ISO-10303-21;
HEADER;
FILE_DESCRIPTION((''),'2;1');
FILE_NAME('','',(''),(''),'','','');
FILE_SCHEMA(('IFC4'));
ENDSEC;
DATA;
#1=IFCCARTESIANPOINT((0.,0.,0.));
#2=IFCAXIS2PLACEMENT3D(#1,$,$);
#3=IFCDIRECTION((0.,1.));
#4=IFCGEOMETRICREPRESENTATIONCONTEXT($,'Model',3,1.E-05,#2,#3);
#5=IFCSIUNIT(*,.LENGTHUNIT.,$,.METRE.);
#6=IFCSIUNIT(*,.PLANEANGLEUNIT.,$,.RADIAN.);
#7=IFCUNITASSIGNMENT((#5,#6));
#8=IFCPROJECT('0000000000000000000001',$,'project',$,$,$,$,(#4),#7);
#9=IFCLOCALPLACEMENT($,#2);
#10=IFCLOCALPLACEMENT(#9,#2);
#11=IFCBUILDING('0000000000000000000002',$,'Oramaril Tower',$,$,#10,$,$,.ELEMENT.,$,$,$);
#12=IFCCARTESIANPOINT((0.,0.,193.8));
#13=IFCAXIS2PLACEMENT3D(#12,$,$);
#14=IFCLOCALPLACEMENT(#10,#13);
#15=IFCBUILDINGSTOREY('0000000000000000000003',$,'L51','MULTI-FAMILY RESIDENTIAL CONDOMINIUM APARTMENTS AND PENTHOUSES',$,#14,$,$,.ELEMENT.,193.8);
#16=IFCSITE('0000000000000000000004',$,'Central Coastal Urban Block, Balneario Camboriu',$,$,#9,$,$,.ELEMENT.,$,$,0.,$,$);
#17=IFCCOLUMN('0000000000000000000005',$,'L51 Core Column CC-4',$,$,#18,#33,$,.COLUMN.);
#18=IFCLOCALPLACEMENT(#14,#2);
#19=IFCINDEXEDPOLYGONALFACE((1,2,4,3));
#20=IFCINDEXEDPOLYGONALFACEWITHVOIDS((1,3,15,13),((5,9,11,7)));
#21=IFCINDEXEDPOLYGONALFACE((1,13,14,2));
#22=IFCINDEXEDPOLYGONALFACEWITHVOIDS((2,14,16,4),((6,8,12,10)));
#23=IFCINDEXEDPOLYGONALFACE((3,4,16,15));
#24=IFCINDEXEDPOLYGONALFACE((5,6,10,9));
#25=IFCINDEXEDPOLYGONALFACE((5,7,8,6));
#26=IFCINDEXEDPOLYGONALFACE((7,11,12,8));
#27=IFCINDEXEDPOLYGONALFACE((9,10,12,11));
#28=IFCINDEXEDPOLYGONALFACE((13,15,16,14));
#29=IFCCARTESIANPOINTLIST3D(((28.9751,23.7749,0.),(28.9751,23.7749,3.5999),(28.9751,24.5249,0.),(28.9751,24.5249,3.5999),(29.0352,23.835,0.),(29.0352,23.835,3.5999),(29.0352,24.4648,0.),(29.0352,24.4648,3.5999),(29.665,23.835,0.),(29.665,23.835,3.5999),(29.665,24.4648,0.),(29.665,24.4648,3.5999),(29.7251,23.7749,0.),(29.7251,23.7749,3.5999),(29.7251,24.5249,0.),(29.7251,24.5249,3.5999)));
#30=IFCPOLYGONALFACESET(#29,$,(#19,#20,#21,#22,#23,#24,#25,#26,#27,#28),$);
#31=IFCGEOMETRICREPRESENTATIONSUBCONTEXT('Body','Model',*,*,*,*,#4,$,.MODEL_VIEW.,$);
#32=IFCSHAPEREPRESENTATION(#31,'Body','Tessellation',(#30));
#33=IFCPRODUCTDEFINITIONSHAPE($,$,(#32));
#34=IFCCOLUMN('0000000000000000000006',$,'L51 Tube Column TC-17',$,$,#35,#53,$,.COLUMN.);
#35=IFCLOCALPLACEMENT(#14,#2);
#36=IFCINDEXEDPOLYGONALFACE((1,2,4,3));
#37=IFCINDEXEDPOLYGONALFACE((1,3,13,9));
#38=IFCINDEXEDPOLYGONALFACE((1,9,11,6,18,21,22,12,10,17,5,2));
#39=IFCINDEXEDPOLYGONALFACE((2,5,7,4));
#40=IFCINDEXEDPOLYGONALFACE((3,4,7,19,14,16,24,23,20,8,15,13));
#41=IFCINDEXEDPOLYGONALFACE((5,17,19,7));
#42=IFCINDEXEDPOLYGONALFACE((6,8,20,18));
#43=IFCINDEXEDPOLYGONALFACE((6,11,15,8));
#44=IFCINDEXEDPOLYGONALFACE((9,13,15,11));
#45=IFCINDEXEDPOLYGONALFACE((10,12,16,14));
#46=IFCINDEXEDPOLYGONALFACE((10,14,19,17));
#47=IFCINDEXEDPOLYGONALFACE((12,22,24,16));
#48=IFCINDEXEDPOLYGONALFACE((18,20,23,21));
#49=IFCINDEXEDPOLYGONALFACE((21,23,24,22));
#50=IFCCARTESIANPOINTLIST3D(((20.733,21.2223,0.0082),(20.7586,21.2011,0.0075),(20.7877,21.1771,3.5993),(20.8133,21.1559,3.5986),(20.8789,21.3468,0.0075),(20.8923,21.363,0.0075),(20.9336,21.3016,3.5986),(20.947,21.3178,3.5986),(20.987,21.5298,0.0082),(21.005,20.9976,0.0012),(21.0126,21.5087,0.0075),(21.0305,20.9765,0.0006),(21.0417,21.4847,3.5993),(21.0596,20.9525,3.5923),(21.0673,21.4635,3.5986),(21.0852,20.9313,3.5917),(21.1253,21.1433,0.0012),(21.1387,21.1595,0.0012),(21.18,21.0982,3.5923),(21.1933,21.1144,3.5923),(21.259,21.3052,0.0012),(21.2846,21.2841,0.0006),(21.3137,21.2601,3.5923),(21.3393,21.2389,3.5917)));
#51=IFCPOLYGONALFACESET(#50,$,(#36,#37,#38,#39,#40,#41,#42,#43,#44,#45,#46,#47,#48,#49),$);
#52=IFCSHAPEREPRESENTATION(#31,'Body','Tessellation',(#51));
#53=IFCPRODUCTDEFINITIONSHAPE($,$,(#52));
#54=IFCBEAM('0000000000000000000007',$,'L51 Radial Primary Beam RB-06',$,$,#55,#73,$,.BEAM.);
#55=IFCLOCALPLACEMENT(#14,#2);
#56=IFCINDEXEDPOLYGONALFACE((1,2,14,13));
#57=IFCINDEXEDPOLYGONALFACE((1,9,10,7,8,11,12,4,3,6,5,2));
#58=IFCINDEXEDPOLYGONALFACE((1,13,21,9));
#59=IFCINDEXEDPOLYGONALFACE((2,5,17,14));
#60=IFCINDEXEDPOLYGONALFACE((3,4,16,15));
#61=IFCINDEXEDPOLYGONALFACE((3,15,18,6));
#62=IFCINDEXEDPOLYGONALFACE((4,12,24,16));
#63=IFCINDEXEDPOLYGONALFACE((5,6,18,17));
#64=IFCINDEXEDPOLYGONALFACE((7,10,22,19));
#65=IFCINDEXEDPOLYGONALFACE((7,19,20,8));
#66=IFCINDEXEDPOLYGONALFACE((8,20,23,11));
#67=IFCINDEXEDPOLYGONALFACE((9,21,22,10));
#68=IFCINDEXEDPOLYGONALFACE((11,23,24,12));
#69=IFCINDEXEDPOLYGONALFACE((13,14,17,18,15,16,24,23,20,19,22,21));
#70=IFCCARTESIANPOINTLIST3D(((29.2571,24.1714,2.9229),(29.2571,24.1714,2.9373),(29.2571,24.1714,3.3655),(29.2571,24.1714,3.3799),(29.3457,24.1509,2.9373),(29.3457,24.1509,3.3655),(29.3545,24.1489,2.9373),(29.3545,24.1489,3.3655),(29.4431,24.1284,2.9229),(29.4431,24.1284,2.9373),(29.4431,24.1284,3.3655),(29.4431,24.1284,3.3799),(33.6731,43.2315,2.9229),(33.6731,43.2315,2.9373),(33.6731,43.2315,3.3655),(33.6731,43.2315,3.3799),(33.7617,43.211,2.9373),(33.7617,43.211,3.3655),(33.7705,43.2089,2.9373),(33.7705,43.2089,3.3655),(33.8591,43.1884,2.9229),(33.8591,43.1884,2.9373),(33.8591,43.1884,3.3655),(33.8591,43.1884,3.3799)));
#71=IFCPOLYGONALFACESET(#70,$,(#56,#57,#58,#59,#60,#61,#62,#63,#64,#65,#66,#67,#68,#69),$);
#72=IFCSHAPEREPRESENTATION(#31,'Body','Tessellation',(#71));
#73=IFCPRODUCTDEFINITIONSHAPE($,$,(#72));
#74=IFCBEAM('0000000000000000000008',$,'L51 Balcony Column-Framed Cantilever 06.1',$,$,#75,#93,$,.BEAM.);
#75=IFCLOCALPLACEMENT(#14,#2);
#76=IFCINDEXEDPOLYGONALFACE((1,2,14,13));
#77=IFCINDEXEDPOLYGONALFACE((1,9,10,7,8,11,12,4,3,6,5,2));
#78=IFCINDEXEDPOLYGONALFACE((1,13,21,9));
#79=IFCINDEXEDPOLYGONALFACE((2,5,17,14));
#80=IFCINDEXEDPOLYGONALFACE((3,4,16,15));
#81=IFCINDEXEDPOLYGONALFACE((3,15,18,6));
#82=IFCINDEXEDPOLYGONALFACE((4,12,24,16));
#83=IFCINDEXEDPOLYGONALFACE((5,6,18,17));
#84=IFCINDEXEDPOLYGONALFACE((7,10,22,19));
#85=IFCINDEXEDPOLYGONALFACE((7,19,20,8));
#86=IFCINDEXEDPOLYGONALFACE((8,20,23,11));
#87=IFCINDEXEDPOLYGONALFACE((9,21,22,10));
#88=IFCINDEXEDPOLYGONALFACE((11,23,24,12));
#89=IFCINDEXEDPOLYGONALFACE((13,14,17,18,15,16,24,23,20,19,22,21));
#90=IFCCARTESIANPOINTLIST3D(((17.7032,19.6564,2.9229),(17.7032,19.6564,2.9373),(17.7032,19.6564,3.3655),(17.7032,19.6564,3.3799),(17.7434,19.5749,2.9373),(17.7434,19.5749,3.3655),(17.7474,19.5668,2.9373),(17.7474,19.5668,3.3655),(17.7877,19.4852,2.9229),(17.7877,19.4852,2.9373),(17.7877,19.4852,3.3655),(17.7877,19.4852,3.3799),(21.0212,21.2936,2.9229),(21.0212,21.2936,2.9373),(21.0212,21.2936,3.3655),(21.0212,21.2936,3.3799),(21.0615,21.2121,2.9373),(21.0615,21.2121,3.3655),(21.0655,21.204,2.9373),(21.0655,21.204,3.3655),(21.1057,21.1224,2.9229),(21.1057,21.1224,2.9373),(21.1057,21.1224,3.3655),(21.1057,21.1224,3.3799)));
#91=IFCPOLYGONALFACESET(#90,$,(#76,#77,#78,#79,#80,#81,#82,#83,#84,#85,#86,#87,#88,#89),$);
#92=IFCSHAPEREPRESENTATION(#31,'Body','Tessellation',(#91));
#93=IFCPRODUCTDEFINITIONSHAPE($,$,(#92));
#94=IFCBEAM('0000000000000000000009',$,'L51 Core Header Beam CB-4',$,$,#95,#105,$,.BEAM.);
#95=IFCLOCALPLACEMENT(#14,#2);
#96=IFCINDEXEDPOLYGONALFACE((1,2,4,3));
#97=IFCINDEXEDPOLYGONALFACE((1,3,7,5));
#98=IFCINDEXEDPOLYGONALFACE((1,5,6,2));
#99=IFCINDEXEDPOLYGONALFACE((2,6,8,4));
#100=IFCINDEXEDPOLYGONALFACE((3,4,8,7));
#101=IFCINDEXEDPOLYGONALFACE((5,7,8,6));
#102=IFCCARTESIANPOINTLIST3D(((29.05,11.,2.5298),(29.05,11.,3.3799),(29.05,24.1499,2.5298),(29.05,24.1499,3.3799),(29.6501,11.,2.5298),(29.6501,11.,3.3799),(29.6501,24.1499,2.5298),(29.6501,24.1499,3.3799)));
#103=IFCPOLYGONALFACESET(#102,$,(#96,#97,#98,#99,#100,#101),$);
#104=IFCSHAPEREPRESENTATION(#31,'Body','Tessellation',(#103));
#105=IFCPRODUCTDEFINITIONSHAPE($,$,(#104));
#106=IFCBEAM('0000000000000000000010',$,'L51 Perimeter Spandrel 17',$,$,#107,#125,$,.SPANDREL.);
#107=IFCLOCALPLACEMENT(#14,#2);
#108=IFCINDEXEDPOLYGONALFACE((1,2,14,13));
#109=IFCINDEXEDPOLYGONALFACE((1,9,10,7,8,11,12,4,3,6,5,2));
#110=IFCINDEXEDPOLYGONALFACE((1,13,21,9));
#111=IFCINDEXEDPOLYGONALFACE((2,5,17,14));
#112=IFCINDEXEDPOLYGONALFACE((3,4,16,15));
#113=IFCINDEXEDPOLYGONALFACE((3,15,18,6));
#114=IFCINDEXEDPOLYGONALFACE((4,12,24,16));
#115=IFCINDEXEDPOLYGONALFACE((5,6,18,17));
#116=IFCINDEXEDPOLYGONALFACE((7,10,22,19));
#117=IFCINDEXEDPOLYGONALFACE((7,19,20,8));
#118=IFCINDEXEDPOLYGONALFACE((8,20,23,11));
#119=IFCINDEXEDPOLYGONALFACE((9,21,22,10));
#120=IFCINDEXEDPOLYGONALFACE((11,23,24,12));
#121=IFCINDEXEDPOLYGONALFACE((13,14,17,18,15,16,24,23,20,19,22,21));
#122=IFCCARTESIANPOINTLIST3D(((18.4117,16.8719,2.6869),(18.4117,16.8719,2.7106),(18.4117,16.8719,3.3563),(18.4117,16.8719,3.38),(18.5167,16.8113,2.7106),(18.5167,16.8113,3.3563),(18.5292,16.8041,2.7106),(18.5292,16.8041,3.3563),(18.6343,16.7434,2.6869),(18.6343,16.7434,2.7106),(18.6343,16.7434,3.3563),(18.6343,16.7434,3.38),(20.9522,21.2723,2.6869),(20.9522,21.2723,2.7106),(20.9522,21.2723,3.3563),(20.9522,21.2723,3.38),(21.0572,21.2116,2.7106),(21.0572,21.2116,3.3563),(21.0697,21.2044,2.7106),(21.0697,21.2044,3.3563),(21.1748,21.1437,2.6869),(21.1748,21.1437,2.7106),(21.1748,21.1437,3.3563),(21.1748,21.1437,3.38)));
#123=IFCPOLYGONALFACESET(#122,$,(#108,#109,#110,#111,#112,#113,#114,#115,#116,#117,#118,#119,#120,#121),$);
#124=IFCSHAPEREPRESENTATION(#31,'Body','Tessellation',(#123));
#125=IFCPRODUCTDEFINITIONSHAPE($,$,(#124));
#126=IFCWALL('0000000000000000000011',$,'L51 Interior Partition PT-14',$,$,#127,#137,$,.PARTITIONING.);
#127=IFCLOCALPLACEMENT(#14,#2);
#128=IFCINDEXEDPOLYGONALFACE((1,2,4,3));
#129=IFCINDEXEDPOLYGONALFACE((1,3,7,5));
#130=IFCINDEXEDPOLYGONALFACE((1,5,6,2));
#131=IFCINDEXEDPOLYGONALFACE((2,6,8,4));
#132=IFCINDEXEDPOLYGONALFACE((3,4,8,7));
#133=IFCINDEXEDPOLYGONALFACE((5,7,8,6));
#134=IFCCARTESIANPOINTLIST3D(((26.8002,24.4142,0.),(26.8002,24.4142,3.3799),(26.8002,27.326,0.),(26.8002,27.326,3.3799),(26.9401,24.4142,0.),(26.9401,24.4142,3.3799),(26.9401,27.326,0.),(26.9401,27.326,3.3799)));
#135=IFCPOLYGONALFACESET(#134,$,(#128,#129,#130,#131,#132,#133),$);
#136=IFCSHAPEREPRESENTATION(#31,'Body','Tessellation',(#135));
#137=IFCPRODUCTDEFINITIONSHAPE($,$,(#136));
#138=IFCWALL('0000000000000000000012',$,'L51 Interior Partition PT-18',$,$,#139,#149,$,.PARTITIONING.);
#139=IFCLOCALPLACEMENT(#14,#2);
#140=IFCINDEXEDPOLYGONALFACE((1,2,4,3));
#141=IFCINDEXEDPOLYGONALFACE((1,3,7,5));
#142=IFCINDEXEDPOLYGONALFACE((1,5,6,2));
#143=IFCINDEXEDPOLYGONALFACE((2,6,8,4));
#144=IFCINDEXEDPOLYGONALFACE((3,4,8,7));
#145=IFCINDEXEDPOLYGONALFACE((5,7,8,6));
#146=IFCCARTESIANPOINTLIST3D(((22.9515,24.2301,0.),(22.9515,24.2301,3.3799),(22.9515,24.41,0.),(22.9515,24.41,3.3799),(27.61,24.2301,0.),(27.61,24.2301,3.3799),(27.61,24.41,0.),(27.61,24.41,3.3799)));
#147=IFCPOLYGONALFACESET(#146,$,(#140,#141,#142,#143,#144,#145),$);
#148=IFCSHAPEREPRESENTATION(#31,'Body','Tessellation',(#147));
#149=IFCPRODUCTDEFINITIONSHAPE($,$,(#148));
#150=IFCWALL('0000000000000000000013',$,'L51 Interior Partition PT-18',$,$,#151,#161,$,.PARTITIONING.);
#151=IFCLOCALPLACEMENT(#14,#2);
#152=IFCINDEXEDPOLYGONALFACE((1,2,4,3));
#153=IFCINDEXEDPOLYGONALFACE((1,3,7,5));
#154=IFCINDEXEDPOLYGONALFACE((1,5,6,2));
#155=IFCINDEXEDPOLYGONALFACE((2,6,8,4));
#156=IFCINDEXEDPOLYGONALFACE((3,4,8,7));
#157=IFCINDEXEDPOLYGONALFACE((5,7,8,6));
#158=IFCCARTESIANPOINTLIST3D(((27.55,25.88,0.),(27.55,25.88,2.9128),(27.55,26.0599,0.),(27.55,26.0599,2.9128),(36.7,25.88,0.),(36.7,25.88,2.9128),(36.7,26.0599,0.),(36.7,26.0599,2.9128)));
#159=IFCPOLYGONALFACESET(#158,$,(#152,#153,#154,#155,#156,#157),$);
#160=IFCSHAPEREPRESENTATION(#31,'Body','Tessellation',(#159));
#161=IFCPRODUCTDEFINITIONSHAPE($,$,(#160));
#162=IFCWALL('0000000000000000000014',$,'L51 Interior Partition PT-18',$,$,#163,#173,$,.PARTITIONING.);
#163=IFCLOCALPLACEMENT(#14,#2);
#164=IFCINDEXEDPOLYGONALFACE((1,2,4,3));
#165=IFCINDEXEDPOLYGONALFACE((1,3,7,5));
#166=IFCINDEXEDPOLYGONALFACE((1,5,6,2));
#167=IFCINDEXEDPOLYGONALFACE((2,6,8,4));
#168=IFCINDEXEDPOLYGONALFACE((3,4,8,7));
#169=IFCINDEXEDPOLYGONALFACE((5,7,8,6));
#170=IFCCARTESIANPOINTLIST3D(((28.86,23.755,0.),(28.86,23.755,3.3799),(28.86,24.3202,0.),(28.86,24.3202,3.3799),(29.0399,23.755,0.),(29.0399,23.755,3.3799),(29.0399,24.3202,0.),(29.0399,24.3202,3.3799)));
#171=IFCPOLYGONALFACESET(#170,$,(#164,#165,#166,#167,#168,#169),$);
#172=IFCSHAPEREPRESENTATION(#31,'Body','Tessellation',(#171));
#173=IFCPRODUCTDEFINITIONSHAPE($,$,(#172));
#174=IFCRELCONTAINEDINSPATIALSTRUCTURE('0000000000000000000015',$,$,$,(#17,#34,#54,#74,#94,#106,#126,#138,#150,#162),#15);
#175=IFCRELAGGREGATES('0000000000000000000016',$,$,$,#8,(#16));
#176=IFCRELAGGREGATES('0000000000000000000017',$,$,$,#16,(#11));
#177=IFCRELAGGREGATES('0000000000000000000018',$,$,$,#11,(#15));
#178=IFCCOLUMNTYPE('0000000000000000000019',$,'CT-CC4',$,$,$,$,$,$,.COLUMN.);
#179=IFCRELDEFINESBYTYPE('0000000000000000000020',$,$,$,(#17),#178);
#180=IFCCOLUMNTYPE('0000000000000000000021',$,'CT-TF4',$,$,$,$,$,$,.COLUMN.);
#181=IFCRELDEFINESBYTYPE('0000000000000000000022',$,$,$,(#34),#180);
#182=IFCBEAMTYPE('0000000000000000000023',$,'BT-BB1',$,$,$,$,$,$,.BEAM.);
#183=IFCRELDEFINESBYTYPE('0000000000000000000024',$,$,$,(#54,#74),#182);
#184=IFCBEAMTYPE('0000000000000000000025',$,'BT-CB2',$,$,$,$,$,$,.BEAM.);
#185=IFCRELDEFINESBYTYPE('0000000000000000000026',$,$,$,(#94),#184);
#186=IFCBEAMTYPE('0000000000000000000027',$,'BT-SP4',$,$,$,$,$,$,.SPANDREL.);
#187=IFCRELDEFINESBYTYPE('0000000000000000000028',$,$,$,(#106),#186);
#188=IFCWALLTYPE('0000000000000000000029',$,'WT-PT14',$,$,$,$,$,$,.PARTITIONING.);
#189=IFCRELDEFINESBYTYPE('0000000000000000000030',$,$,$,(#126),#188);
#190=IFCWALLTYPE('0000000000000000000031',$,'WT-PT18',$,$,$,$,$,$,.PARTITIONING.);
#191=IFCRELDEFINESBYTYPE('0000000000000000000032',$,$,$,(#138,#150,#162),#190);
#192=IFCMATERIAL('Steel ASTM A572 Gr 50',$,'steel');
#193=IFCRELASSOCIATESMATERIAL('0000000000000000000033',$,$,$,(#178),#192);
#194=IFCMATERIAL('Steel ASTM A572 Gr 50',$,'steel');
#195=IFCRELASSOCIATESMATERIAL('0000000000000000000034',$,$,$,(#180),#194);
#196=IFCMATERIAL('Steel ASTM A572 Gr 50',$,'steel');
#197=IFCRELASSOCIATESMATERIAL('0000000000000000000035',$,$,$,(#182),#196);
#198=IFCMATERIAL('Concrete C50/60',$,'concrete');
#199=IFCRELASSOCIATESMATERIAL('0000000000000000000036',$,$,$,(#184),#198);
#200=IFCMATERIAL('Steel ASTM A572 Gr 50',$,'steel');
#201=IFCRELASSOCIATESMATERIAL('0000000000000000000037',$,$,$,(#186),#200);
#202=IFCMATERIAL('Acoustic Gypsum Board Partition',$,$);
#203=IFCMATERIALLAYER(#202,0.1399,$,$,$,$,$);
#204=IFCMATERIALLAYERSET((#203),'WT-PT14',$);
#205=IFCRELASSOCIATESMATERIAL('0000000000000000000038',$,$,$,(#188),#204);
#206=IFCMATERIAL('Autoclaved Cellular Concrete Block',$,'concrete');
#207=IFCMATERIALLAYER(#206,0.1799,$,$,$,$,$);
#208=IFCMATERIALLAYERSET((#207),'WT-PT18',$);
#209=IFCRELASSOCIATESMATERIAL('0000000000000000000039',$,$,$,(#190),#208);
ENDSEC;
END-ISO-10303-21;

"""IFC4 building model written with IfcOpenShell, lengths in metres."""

from ifc_helpers import new_model, si_unit, direction, frame, frame_2d, origin, origin_2d, place, context, subcontext, project, spatial, rectangle, hollow_rectangle, i_section, extrude, material, layer, layer_set, material_profile, profile_set, type_object, element, save


model = new_model("IFC4")

# Units and contexts
model_context = context("Model", 3, precision=1e-05, world=origin(), true_north=direction((0.0, 1.0)))
body_context = subcontext(model_context, "Body", "Model", "MODEL_VIEW")
ifc_project = project(units=[si_unit("LENGTHUNIT", "METRE"), si_unit("PLANEANGLEUNIT", "RADIAN")], contexts=[model_context])

# Site, building, storey
site_placement = place(None, origin())
site = spatial("IfcSite", under=ifc_project, at=site_placement, Name="Central Coastal Urban Block, Balneario Camboriu", CompositionType="ELEMENT", RefElevation=0.0)
building_placement = place(site_placement, origin())
building = spatial("IfcBuilding", under=site, at=building_placement, Name="Oramaril Tower", CompositionType="ELEMENT")
storey_placement = place(building_placement, frame((0.0, 0.0, 193.8)))
storey = spatial("IfcBuildingStorey", under=building, at=storey_placement, Name="L51", Description="MULTI-FAMILY RESIDENTIAL CONDOMINIUM APARTMENTS AND PENTHOUSES", CompositionType="ELEMENT", Elevation=193.8)

# Columns
ifc_material_1 = material(Name="Steel ASTM A572 Gr 50", Category="steel")
ifc_material_profile_1 = material_profile(ifc_material_1, hollow_rectangle(XDim=0.75, YDim=0.75, WallThickness=0.0601, at=origin_2d()), Name="BOX750X750X60")
ifc_profile_set_1 = profile_set([ifc_material_profile_1], Name="Steel ASTM A572 Gr 50")
column_type_1 = type_object("IfcColumnType", Name="CT-CC4", PredefinedType="COLUMN", material=ifc_profile_set_1)
column_1_placement = place(storey_placement, frame((29.3501, 24.1499, 0.0), z_axis=(0.0, 0.0, 1.0), x_axis=(1.0, 0.0, 0.0)))
element("IfcColumn", 1, at=column_1_placement, inside=storey, type_object=column_type_1, Name="L51 Core Column CC-4", PredefinedType="COLUMN", context=body_context, shape_type="SweptSolid", body=[
    extrude(hollow_rectangle(XDim=0.75, YDim=0.75, WallThickness=0.0601, at=origin_2d()), origin(), (0.0, 0.0, 1.0), 3.5999),
])
ifc_material_2 = material(Name="Steel ASTM A572 Gr 50", Category="steel")
ifc_material_profile_2 = material_profile(ifc_material_2, i_section(OverallWidth=0.3989, OverallDepth=0.386, WebThickness=0.021, FlangeThickness=0.0332, at=origin_2d()), Name="W14X176")
ifc_profile_set_2 = profile_set([ifc_material_profile_2], Name="Steel ASTM A572 Gr 50")
column_type_2 = type_object("IfcColumnType", Name="CT-TF4", PredefinedType="COLUMN", material=ifc_profile_set_2)
column_2_placement = place(storey_placement, frame((21.0088, 21.2532, 0.0044), z_axis=(0.015226, -0.012575, 0.999805), x_axis=(0.636792, 0.771035, 0.0)))
element("IfcColumn", 2, at=column_2_placement, inside=storey, type_object=column_type_2, Name="L51 Tube Column TC-17", PredefinedType="COLUMN", context=body_context, shape_type="SweptSolid", body=[
    extrude(i_section(OverallWidth=0.3989, OverallDepth=0.386, WebThickness=0.021, FlangeThickness=0.0332, at=origin_2d()), origin(), (0.0, 0.0, 1.0), 3.5918),
])

# Beams
ifc_material_3 = material(Name="Steel ASTM A572 Gr 50", Category="steel")
ifc_material_profile_3 = material_profile(ifc_material_3, i_section(OverallWidth=0.1909, OverallDepth=0.457, WebThickness=0.009, FlangeThickness=0.0144, at=origin_2d()), Name="W18X50")
ifc_profile_set_3 = profile_set([ifc_material_profile_3], Name="Steel ASTM A572 Gr 50")
beam_type_1 = type_object("IfcBeamType", Name="BT-BB1", PredefinedType="BEAM", material=ifc_profile_set_3)
beam_1_placement = place(storey_placement, frame((29.3501, 24.1499, 3.1514), z_axis=(0.225711, 0.974194, 0.0), x_axis=(-0.974194, 0.225711, 0.0)))
element("IfcBeam", 3, at=beam_1_placement, inside=storey, type_object=beam_type_1, Name="L51 Radial Primary Beam RB-06", PredefinedType="BEAM", context=body_context, shape_type="SweptSolid", body=[
    extrude(i_section(OverallWidth=0.1909, OverallDepth=0.457, WebThickness=0.009, FlangeThickness=0.0144, at=origin_2d()), origin(), (0.0, 0.0, 1.0), 19.5649),
])
beam_2_placement = place(storey_placement, frame((21.0635, 21.208, 3.1514), z_axis=(-0.896777, -0.442483, 0.0), x_axis=(0.442483, -0.896777, 0.0)))
element("IfcBeam", 4, at=beam_2_placement, inside=storey, type_object=beam_type_1, Name="L51 Balcony Column-Framed Cantilever 06.1", PredefinedType="BEAM", context=body_context, shape_type="SweptSolid", body=[
    extrude(i_section(OverallWidth=0.1909, OverallDepth=0.457, WebThickness=0.009, FlangeThickness=0.0144, at=origin_2d()), origin(), (0.0, 0.0, 1.0), 3.7),
])
ifc_material_4 = material(Name="Concrete C50/60", Category="concrete")
ifc_material_profile_4 = material_profile(ifc_material_4, rectangle(XDim=0.6001, YDim=0.8501, at=origin_2d()), Name="CB600X850")
ifc_profile_set_4 = profile_set([ifc_material_profile_4], Name="Concrete C50/60")
beam_type_2 = type_object("IfcBeamType", Name="BT-CB2", PredefinedType="BEAM", material=ifc_profile_set_4)
beam_3_placement = place(storey_placement, frame((29.3501, 24.1499, 2.9548), z_axis=(0.0, -1.0, 0.0), x_axis=(1.0, 0.0, 0.0)))
element("IfcBeam", 5, at=beam_3_placement, inside=storey, type_object=beam_type_2, Name="L51 Core Header Beam CB-4", PredefinedType="BEAM", context=body_context, shape_type="SweptSolid", body=[
    extrude(rectangle(XDim=0.6001, YDim=0.8501, at=origin_2d()), origin(), (0.0, 0.0, 1.0), 13.1499),
])
ifc_material_5 = material(Name="Steel ASTM A572 Gr 50", Category="steel")
ifc_material_profile_5 = material_profile(ifc_material_5, i_section(OverallWidth=0.2571, OverallDepth=0.6931, WebThickness=0.0144, FlangeThickness=0.0237, at=origin_2d()), Name="W27X114")
ifc_profile_set_5 = profile_set([ifc_material_profile_5], Name="Steel ASTM A572 Gr 50")
beam_type_3 = type_object("IfcBeamType", Name="BT-SP4", PredefinedType="SPANDREL", material=ifc_profile_set_5)
beam_4_placement = place(storey_placement, frame((21.0635, 21.208, 3.0334), z_axis=(-0.499994, -0.866029, 0.0), x_axis=(0.866029, -0.499994, 0.0)))
element("IfcBeam", 6, at=beam_4_placement, inside=storey, type_object=beam_type_3, Name="L51 Perimeter Spandrel 17", PredefinedType="SPANDREL", context=body_context, shape_type="SweptSolid", body=[
    extrude(i_section(OverallWidth=0.2571, OverallDepth=0.6931, WebThickness=0.0144, FlangeThickness=0.0237, at=origin_2d()), origin(), (0.0, 0.0, 1.0), 5.0811),
])

# Walls
ifc_material_6 = material(Name="Acoustic Gypsum Board Partition")
ifc_layer_1 = layer(ifc_material_6, 0.1399)
ifc_layer_set_1 = layer_set([ifc_layer_1], Name="WT-PT14")
wall_type_1 = type_object("IfcWallType", Name="WT-PT14", PredefinedType="PARTITIONING", material=ifc_layer_set_1)
wall_1_placement = place(storey_placement, frame((26.8701, 24.4141, 0.0), z_axis=(0.0, 0.0, 1.0), x_axis=(0.0, 1.0, 0.0)))
element("IfcWall", 7, at=wall_1_placement, inside=storey, type_object=wall_type_1, Name="L51 Interior Partition PT-14", PredefinedType="PARTITIONING", context=body_context, shape_type="SweptSolid", body=[
    extrude(rectangle(XDim=2.9119, YDim=0.1399, at=frame_2d((1.4561, 0.0))), origin(), (0.0, 0.0, 1.0), 3.3799),
])
ifc_material_7 = material(Name="Autoclaved Cellular Concrete Block", Category="concrete")
ifc_layer_2 = layer(ifc_material_7, 0.1799)
ifc_layer_set_2 = layer_set([ifc_layer_2], Name="WT-PT18")
wall_type_2 = type_object("IfcWallType", Name="WT-PT18", PredefinedType="PARTITIONING", material=ifc_layer_set_2)
wall_2_placement = place(storey_placement, frame((22.9517, 24.3201, 0.0), z_axis=(0.0, 0.0, 1.0), x_axis=(1.0, 0.0, 0.0)))
element("IfcWall", 8, at=wall_2_placement, inside=storey, type_object=wall_type_2, Name="L51 Interior Partition PT-18", PredefinedType="PARTITIONING", context=body_context, shape_type="SweptSolid", body=[
    extrude(rectangle(XDim=4.6584, YDim=0.1799, at=frame_2d((2.3291, 0.0))), origin(), (0.0, 0.0, 1.0), 3.3799),
])
wall_3_placement = place(storey_placement, frame((27.55, 25.97, 0.0), z_axis=(0.0, 0.0, 1.0), x_axis=(1.0, 0.0, 0.0)))
element("IfcWall", 9, at=wall_3_placement, inside=storey, type_object=wall_type_2, Name="L51 Interior Partition PT-18", PredefinedType="PARTITIONING", context=body_context, shape_type="SweptSolid", body=[
    extrude(rectangle(XDim=9.1499, YDim=0.1799, at=frame_2d((4.575, 0.0))), origin(), (0.0, 0.0, 1.0), 2.9128),
])
wall_4_placement = place(storey_placement, frame((28.95, 23.7549, 0.0), z_axis=(0.0, 0.0, 1.0), x_axis=(0.0, 1.0, 0.0)))
element("IfcWall", 10, at=wall_4_placement, inside=storey, type_object=wall_type_2, Name="L51 Interior Partition PT-18", PredefinedType="PARTITIONING", context=body_context, shape_type="SweptSolid", body=[
    extrude(rectangle(XDim=0.5652, YDim=0.1799, at=frame_2d((0.2827, 0.0))), origin(), (0.0, 0.0, 1.0), 3.3799),
])

save(model, "model.ifc")
